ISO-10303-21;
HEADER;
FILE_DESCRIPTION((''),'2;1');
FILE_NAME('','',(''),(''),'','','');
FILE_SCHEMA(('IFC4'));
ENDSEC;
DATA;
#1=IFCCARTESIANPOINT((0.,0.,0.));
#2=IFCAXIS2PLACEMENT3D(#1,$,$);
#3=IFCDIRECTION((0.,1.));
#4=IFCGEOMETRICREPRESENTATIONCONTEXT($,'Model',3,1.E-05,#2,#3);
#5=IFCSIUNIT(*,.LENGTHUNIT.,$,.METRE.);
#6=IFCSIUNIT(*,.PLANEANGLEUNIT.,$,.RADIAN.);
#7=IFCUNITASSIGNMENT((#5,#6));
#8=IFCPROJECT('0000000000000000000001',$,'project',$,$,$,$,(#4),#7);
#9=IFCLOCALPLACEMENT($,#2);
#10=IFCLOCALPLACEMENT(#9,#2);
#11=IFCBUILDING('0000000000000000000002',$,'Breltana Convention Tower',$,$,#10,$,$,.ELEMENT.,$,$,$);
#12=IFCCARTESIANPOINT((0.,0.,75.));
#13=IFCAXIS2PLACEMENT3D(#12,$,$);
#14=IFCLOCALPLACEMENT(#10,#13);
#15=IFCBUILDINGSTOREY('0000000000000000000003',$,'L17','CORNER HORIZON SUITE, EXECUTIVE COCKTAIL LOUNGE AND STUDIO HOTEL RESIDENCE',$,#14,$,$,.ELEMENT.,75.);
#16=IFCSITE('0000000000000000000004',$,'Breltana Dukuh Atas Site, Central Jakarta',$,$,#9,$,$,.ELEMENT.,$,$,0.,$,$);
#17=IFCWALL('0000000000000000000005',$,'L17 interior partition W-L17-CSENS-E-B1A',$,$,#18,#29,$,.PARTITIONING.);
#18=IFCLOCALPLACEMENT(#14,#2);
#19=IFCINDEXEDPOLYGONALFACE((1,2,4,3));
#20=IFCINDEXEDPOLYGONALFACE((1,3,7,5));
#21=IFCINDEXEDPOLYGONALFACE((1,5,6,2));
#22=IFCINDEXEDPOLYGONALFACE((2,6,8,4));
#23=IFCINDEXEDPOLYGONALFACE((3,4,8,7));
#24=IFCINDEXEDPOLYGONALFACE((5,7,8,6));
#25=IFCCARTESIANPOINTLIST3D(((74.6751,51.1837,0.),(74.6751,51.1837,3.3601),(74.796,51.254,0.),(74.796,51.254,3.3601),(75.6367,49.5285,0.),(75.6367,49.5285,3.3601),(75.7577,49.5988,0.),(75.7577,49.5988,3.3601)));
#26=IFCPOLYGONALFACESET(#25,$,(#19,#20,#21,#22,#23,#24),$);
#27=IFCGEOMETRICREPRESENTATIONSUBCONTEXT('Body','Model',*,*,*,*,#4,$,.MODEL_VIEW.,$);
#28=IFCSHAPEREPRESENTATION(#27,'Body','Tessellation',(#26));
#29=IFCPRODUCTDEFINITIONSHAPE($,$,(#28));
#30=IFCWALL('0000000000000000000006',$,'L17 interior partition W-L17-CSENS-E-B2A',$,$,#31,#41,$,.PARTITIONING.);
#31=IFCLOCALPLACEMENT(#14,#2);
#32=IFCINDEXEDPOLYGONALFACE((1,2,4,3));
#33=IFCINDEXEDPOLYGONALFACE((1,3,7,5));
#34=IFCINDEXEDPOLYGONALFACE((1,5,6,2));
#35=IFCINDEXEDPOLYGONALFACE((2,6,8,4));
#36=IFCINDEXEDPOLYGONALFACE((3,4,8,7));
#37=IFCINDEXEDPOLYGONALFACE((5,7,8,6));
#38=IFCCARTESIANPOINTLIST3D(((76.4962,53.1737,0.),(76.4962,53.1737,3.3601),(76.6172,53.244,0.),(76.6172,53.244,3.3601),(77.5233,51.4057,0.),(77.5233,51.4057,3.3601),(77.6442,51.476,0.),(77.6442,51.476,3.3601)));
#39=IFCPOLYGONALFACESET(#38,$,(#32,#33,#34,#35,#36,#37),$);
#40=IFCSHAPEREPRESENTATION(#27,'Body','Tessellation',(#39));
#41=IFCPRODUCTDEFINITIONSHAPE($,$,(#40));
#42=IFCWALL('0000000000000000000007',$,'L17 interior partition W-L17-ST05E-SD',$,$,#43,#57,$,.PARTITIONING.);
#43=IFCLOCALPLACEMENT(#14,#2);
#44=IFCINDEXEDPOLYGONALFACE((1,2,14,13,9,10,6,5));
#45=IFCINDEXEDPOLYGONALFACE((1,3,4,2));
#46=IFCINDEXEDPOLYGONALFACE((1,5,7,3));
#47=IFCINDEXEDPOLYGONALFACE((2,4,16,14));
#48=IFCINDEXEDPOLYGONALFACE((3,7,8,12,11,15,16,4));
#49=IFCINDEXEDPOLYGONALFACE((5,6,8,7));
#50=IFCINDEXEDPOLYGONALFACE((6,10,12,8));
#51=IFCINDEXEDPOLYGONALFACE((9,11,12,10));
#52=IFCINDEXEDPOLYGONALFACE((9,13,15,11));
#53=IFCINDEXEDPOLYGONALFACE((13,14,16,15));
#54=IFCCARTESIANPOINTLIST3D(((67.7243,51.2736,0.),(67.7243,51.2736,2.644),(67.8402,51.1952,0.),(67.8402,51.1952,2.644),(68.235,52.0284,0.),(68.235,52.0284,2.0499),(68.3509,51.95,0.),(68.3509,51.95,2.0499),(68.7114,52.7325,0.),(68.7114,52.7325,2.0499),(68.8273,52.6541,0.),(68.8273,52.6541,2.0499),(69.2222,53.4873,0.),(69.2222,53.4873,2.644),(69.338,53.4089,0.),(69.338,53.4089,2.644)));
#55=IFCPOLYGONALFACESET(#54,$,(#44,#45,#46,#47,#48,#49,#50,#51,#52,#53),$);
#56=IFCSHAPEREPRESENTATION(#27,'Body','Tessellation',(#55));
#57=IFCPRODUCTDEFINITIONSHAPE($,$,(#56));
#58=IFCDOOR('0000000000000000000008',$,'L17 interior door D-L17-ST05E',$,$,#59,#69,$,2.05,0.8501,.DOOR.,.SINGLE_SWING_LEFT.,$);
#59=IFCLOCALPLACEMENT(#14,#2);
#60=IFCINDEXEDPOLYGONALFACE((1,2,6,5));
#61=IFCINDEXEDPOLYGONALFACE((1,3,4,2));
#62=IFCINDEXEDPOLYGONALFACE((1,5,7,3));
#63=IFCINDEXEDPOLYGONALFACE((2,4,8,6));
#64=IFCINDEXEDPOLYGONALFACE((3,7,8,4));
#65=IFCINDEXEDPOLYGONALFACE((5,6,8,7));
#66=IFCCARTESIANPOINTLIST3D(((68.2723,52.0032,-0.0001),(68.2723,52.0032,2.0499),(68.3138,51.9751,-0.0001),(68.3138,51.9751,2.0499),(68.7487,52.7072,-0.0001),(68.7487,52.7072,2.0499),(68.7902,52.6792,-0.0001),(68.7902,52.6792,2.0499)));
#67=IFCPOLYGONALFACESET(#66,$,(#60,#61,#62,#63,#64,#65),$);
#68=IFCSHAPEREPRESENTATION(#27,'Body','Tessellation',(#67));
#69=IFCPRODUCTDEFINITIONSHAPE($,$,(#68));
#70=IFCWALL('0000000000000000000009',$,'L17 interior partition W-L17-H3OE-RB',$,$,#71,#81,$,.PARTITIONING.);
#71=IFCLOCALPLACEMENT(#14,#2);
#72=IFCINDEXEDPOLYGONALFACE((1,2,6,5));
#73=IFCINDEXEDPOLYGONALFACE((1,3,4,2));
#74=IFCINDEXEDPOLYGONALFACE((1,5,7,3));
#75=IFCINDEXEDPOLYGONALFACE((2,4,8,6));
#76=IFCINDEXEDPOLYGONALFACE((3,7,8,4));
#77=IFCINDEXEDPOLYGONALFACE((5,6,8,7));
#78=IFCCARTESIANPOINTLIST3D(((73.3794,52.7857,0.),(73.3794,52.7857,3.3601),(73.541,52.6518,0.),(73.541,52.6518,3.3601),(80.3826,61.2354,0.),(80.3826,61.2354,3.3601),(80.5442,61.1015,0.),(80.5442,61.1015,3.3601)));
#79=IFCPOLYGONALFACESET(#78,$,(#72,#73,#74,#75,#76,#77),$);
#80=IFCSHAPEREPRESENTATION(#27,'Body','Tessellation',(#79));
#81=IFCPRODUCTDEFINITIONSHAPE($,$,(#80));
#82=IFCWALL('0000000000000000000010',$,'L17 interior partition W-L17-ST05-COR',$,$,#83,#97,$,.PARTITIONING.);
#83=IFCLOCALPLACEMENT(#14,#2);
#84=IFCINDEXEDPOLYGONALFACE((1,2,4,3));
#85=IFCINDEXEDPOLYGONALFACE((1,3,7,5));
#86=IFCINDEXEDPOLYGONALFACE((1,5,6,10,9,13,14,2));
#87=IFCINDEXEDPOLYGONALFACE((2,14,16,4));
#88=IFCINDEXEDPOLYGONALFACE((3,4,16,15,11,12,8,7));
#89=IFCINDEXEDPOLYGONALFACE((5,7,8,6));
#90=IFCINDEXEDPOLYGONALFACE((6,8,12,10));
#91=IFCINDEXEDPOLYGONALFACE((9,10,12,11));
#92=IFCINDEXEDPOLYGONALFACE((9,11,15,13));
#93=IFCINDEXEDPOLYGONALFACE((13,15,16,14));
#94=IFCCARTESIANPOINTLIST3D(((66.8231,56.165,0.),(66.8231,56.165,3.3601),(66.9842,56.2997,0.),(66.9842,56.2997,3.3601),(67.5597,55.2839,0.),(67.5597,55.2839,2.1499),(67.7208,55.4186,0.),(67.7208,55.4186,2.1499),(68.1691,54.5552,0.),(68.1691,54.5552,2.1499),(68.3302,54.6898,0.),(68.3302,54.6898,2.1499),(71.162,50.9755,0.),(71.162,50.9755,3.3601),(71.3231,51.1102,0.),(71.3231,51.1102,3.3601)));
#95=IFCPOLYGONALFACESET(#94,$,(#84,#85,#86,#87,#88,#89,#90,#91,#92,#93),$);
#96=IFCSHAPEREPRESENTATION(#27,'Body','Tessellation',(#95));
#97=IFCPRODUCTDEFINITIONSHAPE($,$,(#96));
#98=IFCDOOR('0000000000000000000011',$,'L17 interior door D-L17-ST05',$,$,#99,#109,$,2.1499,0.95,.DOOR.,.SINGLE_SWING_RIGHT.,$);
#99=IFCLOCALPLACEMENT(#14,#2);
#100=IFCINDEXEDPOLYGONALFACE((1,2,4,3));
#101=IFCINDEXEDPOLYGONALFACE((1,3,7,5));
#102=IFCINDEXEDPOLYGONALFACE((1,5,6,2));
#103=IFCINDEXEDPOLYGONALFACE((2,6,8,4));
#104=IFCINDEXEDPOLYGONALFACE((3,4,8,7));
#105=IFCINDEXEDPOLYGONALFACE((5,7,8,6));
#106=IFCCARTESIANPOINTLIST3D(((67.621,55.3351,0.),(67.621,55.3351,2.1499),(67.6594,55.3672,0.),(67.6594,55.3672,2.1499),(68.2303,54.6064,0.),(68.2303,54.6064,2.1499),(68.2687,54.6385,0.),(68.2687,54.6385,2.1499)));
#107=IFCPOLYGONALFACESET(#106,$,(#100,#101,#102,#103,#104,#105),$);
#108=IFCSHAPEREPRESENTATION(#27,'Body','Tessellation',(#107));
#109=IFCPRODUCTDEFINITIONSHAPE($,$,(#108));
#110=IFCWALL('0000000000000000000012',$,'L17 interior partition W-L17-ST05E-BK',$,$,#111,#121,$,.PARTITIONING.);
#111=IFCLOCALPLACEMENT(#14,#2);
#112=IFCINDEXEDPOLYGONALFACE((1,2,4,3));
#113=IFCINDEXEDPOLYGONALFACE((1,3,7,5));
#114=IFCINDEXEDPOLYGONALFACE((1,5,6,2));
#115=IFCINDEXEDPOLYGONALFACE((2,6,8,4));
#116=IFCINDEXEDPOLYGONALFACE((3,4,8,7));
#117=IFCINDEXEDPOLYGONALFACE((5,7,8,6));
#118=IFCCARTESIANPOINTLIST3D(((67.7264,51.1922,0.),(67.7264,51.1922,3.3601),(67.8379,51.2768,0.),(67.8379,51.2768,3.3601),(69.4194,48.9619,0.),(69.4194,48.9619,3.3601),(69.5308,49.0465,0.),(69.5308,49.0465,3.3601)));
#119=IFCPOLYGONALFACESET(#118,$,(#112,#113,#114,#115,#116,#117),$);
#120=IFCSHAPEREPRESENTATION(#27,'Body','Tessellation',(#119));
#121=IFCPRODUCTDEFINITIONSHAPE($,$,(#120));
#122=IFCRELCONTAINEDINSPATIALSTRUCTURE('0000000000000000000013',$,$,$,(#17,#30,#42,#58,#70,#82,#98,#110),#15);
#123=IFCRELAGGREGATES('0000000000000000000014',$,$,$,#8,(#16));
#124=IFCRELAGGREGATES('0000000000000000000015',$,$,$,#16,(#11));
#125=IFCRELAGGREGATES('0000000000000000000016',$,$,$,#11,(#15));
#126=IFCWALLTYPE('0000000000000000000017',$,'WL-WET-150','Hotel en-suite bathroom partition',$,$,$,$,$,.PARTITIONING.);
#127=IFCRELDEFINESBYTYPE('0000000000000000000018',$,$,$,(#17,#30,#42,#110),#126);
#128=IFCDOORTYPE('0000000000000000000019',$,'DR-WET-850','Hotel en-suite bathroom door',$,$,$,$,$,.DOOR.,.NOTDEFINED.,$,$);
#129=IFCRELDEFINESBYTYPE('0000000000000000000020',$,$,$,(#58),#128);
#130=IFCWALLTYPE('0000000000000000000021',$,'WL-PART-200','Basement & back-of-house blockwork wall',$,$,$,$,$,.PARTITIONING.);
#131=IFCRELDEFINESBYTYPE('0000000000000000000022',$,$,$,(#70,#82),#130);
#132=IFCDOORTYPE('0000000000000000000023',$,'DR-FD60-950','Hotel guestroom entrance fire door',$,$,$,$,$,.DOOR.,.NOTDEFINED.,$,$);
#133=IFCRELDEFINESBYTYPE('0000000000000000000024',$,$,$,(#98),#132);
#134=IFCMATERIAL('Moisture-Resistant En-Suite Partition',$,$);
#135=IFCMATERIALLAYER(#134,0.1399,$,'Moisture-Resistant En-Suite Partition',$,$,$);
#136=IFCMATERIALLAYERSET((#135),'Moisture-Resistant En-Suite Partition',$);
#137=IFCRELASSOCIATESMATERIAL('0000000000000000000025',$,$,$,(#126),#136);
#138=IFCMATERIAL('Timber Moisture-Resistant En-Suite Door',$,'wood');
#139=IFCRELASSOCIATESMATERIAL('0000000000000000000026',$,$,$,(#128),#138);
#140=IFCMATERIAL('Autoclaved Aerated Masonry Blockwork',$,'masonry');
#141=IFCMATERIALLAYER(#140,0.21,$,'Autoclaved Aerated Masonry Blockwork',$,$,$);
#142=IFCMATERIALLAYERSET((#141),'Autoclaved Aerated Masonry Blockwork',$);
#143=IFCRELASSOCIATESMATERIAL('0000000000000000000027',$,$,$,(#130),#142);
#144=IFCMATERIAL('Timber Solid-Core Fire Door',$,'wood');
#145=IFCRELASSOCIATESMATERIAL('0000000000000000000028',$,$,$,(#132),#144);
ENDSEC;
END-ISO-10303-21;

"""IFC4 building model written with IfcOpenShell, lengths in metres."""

from ifc_helpers import new_model, si_unit, direction, frame, frame_2d, origin, place, context, subcontext, project, spatial, rectangle, extrude, source, transform, mapped, material, layer, layer_set, type_object, type_shapes, element, fill, save


model = new_model("IFC4")

# Units and contexts
model_context = context("Model", 3, precision=1e-05, world=origin(), true_north=direction((0.0, 1.0)))
body_context = subcontext(model_context, "Body", "Model", "MODEL_VIEW")
ifc_project = project(units=[si_unit("LENGTHUNIT", "METRE"), si_unit("PLANEANGLEUNIT", "RADIAN")], contexts=[model_context])

# Site, building, storey
site_placement = place(None, origin())
site = spatial("IfcSite", under=ifc_project, at=site_placement, Name="Breltana Dukuh Atas Site, Central Jakarta", CompositionType="ELEMENT", RefElevation=0.0)
building_placement = place(site_placement, origin())
building = spatial("IfcBuilding", under=site, at=building_placement, Name="Breltana Convention Tower", CompositionType="ELEMENT")
storey_placement = place(building_placement, frame((0.0, 0.0, 75.0)))
storey = spatial("IfcBuildingStorey", under=building, at=storey_placement, Name="L17", Description="CORNER HORIZON SUITE, EXECUTIVE COCKTAIL LOUNGE AND STUDIO HOTEL RESIDENCE", CompositionType="ELEMENT", Elevation=75.0)

# Shared definitions
ifc_material_1 = material(Name="Timber Solid-Core Fire Door", Category="wood")
ifc_material_2 = material(Name="Moisture-Resistant En-Suite Partition")
ifc_layer_1 = layer(ifc_material_2, 0.1399, Name="Moisture-Resistant En-Suite Partition")
ifc_layer_set_1 = layer_set([ifc_layer_1], Name="Moisture-Resistant En-Suite Partition")
wall_type_1 = type_object("IfcWallType", Name="WL-WET-150", Description="Hotel en-suite bathroom partition", PredefinedType="PARTITIONING", material=ifc_layer_set_1)
ifc_material_3 = material(Name="Timber Moisture-Resistant En-Suite Door", Category="wood")
door_type_1 = type_object("IfcDoorType", Name="DR-WET-850", Description="Hotel en-suite bathroom door", OperationType="NOTDEFINED", PredefinedType="DOOR", material=ifc_material_3)
shared_shape_1 = source(origin(), body_context, "Body", "SweptSolid", [
    extrude(rectangle(XDim=0.8501, YDim=2.05, at=frame_2d((0.425, 1.0249))), frame((0.0, 0.0249, 0.0), z_axis=(0.0, -1.0, 0.0), x_axis=(1.0, 0.0, 0.0)), (0.0, 0.0, 1.0), 0.05),
])
type_shapes(door_type_1, [shared_shape_1])

# Walls
shared_shape_2 = source(origin(), body_context, "Body", "SweptSolid", [
    extrude(rectangle(XDim=1.9143, YDim=0.1399, at=frame_2d((0.957, 0.0))), origin(), (0.0, 0.0, 1.0), 3.3601),
])
wall_1_placement = place(storey_placement, frame((74.7356, 51.2188, 0.0), z_axis=(0.0, 0.0, 1.0), x_axis=(0.502348, -0.864666, 0.0)))
element("IfcWall", 1, at=wall_1_placement, inside=storey, type_object=wall_type_1, Name="L17 interior partition W-L17-CSENS-E-B1A", PredefinedType="PARTITIONING", context=body_context, shape_type="MappedRepresentation", body=[
    mapped(shared_shape_2, transform((0.0, 0.0, 0.0), scale=1.0)),
])
shared_shape_3 = source(origin(), body_context, "Body", "SweptSolid", [
    extrude(rectangle(XDim=2.0447, YDim=0.1399, at=frame_2d((1.0225, 0.0))), origin(), (0.0, 0.0, 1.0), 3.3601),
])
wall_2_placement = place(storey_placement, frame((76.5566, 53.209, 0.0), z_axis=(0.0, 0.0, 1.0), x_axis=(0.502311, -0.864687, 0.0)))
element("IfcWall", 2, at=wall_2_placement, inside=storey, type_object=wall_type_1, Name="L17 interior partition W-L17-CSENS-E-B2A", PredefinedType="PARTITIONING", context=body_context, shape_type="MappedRepresentation", body=[
    mapped(shared_shape_3, transform((0.0, 0.0, 0.0), scale=1.0)),
])

# Wall, opening, door
shared_shape_4 = source(origin(), body_context, "Body", "SweptSolid", [
    extrude(rectangle(XDim=2.6729, YDim=0.1399, at=frame_2d((1.3364, 0.0))), origin(), (0.0, 0.0, 1.0), 2.644),
])
wall_3_placement = place(storey_placement, frame((67.7822, 51.2344, 0.0), z_axis=(0.0, 0.0, 1.0), x_axis=(0.5604, 0.828222, 0.0)))
wall_3 = element("IfcWall", 3, at=wall_3_placement, inside=storey, type_object=wall_type_1, Name="L17 interior partition W-L17-ST05E-SD", PredefinedType="PARTITIONING", context=body_context, shape_type="MappedRepresentation", body=[
    mapped(shared_shape_4, transform((0.0, 0.0, 0.0), scale=1.0)),
])
opening_1_placement = place(wall_3_placement, frame((0.9114, 0.0, 0.0)))
opening_1 = element("IfcOpeningElement", 4, at=opening_1_placement, cuts=wall_3, PredefinedType="OPENING", context=body_context, shape_type="SweptSolid", body=[
    extrude(rectangle(XDim=0.8501, YDim=2.05, at=frame_2d((0.425, 1.0249))), frame((0.0, 0.0801, 0.0), z_axis=(0.0, -1.0, 0.0), x_axis=(1.0, 0.0, 0.0)), (0.0, 0.0, 1.0), 0.1599),
])
door_1_placement = place(opening_1_placement, origin())
door_1 = element("IfcDoor", 5, at=door_1_placement, inside=storey, type_object=door_type_1, Name="L17 interior door D-L17-ST05E", OperationType="SINGLE_SWING_LEFT", OverallHeight=2.05, OverallWidth=0.8501, PredefinedType="DOOR", context=body_context, shape_type="MappedRepresentation", body=[
    mapped(shared_shape_1, transform((0.0, 0.0, 0.0), scale=1.0)),
])
fill(opening_1, door_1)

# Wall
ifc_material_4 = material(Name="Autoclaved Aerated Masonry Blockwork", Category="masonry")
ifc_layer_2 = layer(ifc_material_4, 0.21, Name="Autoclaved Aerated Masonry Blockwork")
ifc_layer_set_2 = layer_set([ifc_layer_2], Name="Autoclaved Aerated Masonry Blockwork")
wall_type_2 = type_object("IfcWallType", Name="WL-PART-200", Description="Basement & back-of-house blockwork wall", PredefinedType="PARTITIONING", material=ifc_layer_set_2)
shared_shape_5 = source(origin(), body_context, "Body", "SweptSolid", [
    extrude(rectangle(XDim=10.9746, YDim=0.21, at=frame_2d((5.4873, 0.0))), origin(), (0.0, 0.0, 1.0), 3.3601),
])
wall_4_placement = place(storey_placement, frame((73.4602, 52.7188, 0.0), z_axis=(0.0, 0.0, 1.0), x_axis=(0.638125, 0.769933, 0.0)))
element("IfcWall", 6, at=wall_4_placement, inside=storey, type_object=wall_type_2, Name="L17 interior partition W-L17-H3OE-RB", PredefinedType="PARTITIONING", context=body_context, shape_type="MappedRepresentation", body=[
    mapped(shared_shape_5, transform((0.0, 0.0, 0.0), scale=1.0)),
])

# Wall, opening, door
shared_shape_6 = source(origin(), body_context, "Body", "SweptSolid", [
    extrude(rectangle(XDim=6.7644, YDim=0.21, at=frame_2d((3.3823, 0.0))), origin(), (0.0, 0.0, 1.0), 3.3601),
])
wall_5_placement = place(storey_placement, frame((66.9036, 56.2324, 0.0), z_axis=(0.0, 0.0, 1.0), x_axis=(0.641433, -0.767179, 0.0)))
wall_5 = element("IfcWall", 7, at=wall_5_placement, inside=storey, type_object=wall_type_2, Name="L17 interior partition W-L17-ST05-COR", PredefinedType="PARTITIONING", context=body_context, shape_type="MappedRepresentation", body=[
    mapped(shared_shape_6, transform((0.0, 0.0, 0.0), scale=1.0)),
])
opening_2_placement = place(wall_5_placement, frame((1.1484, 0.0, 0.0)))
opening_2 = element("IfcOpeningElement", 8, at=opening_2_placement, cuts=wall_5, PredefinedType="OPENING", context=body_context, shape_type="SweptSolid", body=[
    extrude(rectangle(XDim=0.95, YDim=2.1499, at=frame_2d((0.4751, 1.075))), frame((0.0, 0.115, 0.0), z_axis=(0.0, -1.0, 0.0), x_axis=(1.0, 0.0, 0.0)), (0.0, 0.0, 1.0), 0.23),
])
door_type_2 = type_object("IfcDoorType", Name="DR-FD60-950", Description="Hotel guestroom entrance fire door", OperationType="NOTDEFINED", PredefinedType="DOOR", material=ifc_material_1)
shared_shape_7 = source(origin(), body_context, "Body", "SweptSolid", [
    extrude(rectangle(XDim=0.95, YDim=2.1499, at=frame_2d((0.4751, 1.075))), frame((0.0, 0.0249, 0.0), z_axis=(0.0, -1.0, 0.0), x_axis=(1.0, 0.0, 0.0)), (0.0, 0.0, 1.0), 0.05),
])
type_shapes(door_type_2, [shared_shape_7])
door_2_placement = place(opening_2_placement, origin())
door_2 = element("IfcDoor", 9, at=door_2_placement, inside=storey, type_object=door_type_2, Name="L17 interior door D-L17-ST05", OperationType="SINGLE_SWING_RIGHT", OverallHeight=2.1499, OverallWidth=0.95, PredefinedType="DOOR", context=body_context, shape_type="MappedRepresentation", body=[
    mapped(shared_shape_7, transform((0.0, 0.0, 0.0), scale=1.0)),
])
fill(opening_2, door_2)

# Wall
shared_shape_8 = source(origin(), body_context, "Body", "SweptSolid", [
    extrude(rectangle(XDim=2.8, YDim=0.1399, at=frame_2d((1.3999, 0.0))), origin(), (0.0, 0.0, 1.0), 3.3601),
])
wall_6_placement = place(storey_placement, frame((67.7822, 51.2344, 0.0), z_axis=(0.0, 0.0, 1.0), x_axis=(0.604608, -0.796523, 0.0)))
element("IfcWall", 10, at=wall_6_placement, inside=storey, type_object=wall_type_1, Name="L17 interior partition W-L17-ST05E-BK", PredefinedType="PARTITIONING", context=body_context, shape_type="MappedRepresentation", body=[
    mapped(shared_shape_8, transform((0.0, 0.0, 0.0), scale=1.0)),
])

save(model, "model.ifc")
